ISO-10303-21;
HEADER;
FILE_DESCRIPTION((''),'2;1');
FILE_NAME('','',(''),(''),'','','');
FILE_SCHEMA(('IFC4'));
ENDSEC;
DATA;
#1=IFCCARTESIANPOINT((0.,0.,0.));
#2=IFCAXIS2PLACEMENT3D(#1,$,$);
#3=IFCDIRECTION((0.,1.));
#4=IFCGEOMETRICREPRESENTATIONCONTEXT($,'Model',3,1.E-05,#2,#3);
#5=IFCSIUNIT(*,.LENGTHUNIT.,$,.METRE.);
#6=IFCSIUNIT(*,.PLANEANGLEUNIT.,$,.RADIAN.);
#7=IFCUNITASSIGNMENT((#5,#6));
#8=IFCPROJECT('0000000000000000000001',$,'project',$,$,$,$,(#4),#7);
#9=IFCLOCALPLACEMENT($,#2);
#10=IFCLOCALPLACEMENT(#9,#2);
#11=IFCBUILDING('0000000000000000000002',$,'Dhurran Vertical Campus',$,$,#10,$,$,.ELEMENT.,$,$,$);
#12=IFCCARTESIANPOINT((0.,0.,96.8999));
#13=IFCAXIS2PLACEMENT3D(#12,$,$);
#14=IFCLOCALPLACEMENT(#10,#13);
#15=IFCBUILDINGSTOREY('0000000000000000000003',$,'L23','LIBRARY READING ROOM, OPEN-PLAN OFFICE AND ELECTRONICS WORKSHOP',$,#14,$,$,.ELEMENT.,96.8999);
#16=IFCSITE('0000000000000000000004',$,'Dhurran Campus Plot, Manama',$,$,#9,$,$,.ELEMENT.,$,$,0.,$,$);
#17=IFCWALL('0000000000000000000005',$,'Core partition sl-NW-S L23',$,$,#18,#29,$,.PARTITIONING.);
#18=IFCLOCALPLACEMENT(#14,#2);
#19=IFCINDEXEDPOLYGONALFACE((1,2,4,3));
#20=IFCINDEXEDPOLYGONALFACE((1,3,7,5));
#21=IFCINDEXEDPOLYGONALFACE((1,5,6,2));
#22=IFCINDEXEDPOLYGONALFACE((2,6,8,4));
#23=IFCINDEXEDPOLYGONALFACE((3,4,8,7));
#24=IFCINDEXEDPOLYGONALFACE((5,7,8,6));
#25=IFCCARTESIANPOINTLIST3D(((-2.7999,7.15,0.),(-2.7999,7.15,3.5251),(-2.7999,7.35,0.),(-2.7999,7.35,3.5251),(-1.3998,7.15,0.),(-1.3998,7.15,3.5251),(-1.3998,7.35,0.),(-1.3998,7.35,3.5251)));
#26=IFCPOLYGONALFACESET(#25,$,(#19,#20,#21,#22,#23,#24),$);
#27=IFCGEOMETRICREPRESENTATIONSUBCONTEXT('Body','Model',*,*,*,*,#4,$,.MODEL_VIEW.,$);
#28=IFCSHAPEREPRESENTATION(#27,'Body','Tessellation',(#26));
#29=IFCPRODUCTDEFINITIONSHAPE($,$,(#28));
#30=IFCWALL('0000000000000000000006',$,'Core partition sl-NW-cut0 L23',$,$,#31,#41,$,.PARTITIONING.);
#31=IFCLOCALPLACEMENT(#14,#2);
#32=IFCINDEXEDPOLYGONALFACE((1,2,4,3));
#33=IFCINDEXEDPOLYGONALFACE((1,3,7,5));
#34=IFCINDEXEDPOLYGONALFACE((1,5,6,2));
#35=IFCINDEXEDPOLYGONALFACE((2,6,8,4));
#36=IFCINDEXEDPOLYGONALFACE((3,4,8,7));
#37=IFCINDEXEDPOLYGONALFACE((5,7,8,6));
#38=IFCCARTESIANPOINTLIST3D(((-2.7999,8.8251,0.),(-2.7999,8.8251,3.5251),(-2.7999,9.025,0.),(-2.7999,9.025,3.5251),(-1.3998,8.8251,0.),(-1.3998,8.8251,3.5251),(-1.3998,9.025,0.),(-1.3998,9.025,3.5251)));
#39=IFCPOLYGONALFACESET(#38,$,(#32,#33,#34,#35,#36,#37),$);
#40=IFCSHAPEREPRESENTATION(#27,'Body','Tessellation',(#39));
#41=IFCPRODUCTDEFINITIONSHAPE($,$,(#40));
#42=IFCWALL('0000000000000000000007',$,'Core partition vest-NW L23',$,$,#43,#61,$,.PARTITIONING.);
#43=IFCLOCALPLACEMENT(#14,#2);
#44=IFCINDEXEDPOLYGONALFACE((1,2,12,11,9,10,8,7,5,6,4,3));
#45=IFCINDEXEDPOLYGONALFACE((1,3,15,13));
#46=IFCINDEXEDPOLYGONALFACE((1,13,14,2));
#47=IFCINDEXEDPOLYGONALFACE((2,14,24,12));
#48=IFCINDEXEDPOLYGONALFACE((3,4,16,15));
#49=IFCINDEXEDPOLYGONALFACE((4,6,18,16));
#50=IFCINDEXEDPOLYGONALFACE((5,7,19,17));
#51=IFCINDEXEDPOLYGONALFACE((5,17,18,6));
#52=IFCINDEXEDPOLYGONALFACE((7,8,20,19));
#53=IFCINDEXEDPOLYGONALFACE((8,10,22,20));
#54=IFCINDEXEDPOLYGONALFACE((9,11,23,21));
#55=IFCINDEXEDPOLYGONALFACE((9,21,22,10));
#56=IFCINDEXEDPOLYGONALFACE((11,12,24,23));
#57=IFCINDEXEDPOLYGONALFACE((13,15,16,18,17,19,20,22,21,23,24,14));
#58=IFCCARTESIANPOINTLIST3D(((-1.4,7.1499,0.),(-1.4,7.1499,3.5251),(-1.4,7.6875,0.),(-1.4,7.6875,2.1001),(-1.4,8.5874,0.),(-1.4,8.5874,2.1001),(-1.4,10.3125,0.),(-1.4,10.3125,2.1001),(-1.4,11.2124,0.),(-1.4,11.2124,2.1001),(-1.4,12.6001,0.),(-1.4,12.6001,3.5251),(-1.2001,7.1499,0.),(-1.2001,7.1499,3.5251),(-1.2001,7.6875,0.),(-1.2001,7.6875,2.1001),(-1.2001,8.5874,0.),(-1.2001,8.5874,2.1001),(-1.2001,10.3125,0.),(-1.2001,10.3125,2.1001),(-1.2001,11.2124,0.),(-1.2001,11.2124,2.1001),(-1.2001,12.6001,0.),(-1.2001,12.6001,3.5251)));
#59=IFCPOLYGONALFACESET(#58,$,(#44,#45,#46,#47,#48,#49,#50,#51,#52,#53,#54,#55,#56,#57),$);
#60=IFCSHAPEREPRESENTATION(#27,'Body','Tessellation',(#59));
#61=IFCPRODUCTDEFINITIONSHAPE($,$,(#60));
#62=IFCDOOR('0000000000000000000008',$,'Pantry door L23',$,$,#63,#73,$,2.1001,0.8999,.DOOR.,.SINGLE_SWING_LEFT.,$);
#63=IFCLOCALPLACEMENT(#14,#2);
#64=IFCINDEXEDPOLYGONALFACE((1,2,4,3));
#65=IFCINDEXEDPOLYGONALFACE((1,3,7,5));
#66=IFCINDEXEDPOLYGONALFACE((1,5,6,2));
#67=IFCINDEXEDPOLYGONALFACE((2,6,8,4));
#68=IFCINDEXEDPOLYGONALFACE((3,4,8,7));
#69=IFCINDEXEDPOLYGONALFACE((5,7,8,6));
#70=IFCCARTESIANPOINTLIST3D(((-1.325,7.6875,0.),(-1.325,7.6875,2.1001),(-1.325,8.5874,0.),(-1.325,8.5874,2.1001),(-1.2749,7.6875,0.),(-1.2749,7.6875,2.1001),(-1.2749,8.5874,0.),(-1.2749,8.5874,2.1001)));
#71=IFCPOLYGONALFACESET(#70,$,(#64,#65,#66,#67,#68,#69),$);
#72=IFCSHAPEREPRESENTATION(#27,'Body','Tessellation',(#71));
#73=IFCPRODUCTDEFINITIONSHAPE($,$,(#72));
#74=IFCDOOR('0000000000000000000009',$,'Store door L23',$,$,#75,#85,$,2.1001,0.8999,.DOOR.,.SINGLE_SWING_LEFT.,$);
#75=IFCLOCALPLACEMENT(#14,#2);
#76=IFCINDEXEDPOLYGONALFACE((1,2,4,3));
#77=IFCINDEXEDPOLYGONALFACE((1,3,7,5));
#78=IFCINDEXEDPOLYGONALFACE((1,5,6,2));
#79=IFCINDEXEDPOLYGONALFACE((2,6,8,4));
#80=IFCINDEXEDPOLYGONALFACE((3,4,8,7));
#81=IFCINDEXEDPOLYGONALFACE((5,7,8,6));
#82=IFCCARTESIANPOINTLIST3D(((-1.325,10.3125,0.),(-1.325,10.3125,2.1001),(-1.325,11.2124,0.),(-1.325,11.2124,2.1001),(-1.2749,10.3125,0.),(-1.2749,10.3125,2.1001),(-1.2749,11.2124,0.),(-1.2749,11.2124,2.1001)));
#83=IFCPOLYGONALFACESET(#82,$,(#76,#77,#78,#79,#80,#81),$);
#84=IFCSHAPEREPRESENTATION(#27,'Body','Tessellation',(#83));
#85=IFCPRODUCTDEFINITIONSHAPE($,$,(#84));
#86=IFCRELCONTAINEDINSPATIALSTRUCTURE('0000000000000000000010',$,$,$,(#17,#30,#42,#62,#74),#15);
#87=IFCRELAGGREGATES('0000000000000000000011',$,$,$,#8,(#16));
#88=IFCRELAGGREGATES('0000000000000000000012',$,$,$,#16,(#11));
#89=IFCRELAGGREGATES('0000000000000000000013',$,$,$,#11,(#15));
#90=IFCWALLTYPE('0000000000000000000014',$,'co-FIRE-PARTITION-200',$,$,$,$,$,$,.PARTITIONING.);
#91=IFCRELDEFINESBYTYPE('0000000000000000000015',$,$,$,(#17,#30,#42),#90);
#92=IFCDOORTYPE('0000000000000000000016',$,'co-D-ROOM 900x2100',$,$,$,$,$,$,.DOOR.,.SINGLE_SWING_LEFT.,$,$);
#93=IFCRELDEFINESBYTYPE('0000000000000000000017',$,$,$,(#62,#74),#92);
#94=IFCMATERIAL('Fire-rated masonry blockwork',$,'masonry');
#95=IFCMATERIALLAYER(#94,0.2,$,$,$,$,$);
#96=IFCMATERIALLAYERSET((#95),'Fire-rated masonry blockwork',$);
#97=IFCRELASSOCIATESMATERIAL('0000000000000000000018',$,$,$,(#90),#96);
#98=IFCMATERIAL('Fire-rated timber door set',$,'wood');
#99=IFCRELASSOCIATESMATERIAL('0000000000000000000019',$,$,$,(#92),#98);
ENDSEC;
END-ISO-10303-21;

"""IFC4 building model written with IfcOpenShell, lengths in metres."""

from ifc_helpers import new_model, si_unit, direction, frame, frame_2d, origin, place, context, subcontext, project, spatial, rectangle, extrude, material, layer, layer_set, type_object, element, fill, save


model = new_model("IFC4")

# Units and contexts
model_context = context("Model", 3, precision=1e-05, world=origin(), true_north=direction((0.0, 1.0)))
body_context = subcontext(model_context, "Body", "Model", "MODEL_VIEW")
ifc_project = project(units=[si_unit("LENGTHUNIT", "METRE"), si_unit("PLANEANGLEUNIT", "RADIAN")], contexts=[model_context])

# Site, building, storey
site_placement = place(None, origin())
site = spatial("IfcSite", under=ifc_project, at=site_placement, Name="Dhurran Campus Plot, Manama", CompositionType="ELEMENT", RefElevation=0.0)
building_placement = place(site_placement, origin())
building = spatial("IfcBuilding", under=site, at=building_placement, Name="Dhurran Vertical Campus", CompositionType="ELEMENT")
storey_placement = place(building_placement, frame((0.0, 0.0, 96.8999)))
storey = spatial("IfcBuildingStorey", under=building, at=storey_placement, Name="L23", Description="LIBRARY READING ROOM, OPEN-PLAN OFFICE AND ELECTRONICS WORKSHOP", CompositionType="ELEMENT", Elevation=96.8999)

# Walls
ifc_material_1 = material(Name="Fire-rated masonry blockwork", Category="masonry")
ifc_layer_1 = layer(ifc_material_1, 0.2)
ifc_layer_set_1 = layer_set([ifc_layer_1], Name="Fire-rated masonry blockwork")
wall_type_1 = type_object("IfcWallType", Name="co-FIRE-PARTITION-200", PredefinedType="PARTITIONING", material=ifc_layer_set_1)
for number, where, z_axis, x_axis, name in (
    (1, (-2.8, 7.25, 0.0), (0.0, 0.0, 1.0), (1.0, 0.0, 0.0), "Core partition sl-NW-S L23"),
    (2, (-2.8, 8.925, 0.0), (0.0, 0.0, 1.0), (1.0, 0.0, 0.0), "Core partition sl-NW-cut0 L23"),
):
    element("IfcWall", number, at=place(storey_placement, frame(where, z_axis=z_axis, x_axis=x_axis)), inside=storey, type_object=wall_type_1, Name=name, PredefinedType="PARTITIONING", context=body_context, shape_type="SweptSolid", body=[
        extrude(rectangle(XDim=1.4001, YDim=0.2, at=frame_2d((0.7002, 0.0))), origin(), (0.0, 0.0, 1.0), 3.5251),
    ])

# Wall, openings, doors
wall_1_placement = place(storey_placement, frame((-1.3, 7.1499, 0.0), z_axis=(0.0, 0.0, 1.0), x_axis=(0.0, 1.0, 0.0)))
wall_1 = element("IfcWall", 3, at=wall_1_placement, inside=storey, type_object=wall_type_1, Name="Core partition vest-NW L23", PredefinedType="PARTITIONING", context=body_context, shape_type="SweptSolid", body=[
    extrude(rectangle(XDim=5.4502, YDim=0.2, at=frame_2d((2.7251, 0.0))), origin(), (0.0, 0.0, 1.0), 3.5251),
])
opening_1_placement = place(wall_1_placement, frame((0.5376, 0.0, 0.0)))
opening_1 = element("IfcOpeningElement", 4, at=opening_1_placement, cuts=wall_1, PredefinedType="OPENING", context=body_context, shape_type="SweptSolid", body=[
    extrude(rectangle(XDim=0.8999, YDim=2.1001, at=frame_2d((0.45, 1.05))), frame((0.0, 0.1099, 0.0), z_axis=(0.0, -1.0, 0.0), x_axis=(1.0, 0.0, 0.0)), (0.0, 0.0, 1.0), 0.22),
])
opening_2_placement = place(wall_1_placement, frame((3.1626, 0.0, 0.0)))
opening_2 = element("IfcOpeningElement", 5, at=opening_2_placement, cuts=wall_1, PredefinedType="OPENING", context=body_context, shape_type="SweptSolid", body=[
    extrude(rectangle(XDim=0.8999, YDim=2.1001, at=frame_2d((0.45, 1.05))), frame((0.0, 0.1099, 0.0), z_axis=(0.0, -1.0, 0.0), x_axis=(1.0, 0.0, 0.0)), (0.0, 0.0, 1.0), 0.22),
])
ifc_material_2 = material(Name="Fire-rated timber door set", Category="wood")
door_type_1 = type_object("IfcDoorType", Name="co-D-ROOM 900x2100", OperationType="SINGLE_SWING_LEFT", PredefinedType="DOOR", material=ifc_material_2)
door_1_placement = place(opening_1_placement, origin())
door_1 = element("IfcDoor", 6, at=door_1_placement, inside=storey, type_object=door_type_1, Name="Pantry door L23", OperationType="SINGLE_SWING_LEFT", OverallHeight=2.1001, OverallWidth=0.8999, PredefinedType="DOOR", context=body_context, shape_type="SweptSolid", body=[
    extrude(rectangle(XDim=0.8999, YDim=2.1001, at=frame_2d((0.45, 1.05))), frame((0.0, 0.0249, 0.0), z_axis=(0.0, -1.0, 0.0), x_axis=(1.0, 0.0, 0.0)), (0.0, 0.0, 1.0), 0.05),
])
fill(opening_1, door_1)
door_2_placement = place(opening_2_placement, origin())
door_2 = element("IfcDoor", 7, at=door_2_placement, inside=storey, type_object=door_type_1, Name="Store door L23", OperationType="SINGLE_SWING_LEFT", OverallHeight=2.1001, OverallWidth=0.8999, PredefinedType="DOOR", context=body_context, shape_type="SweptSolid", body=[
    extrude(rectangle(XDim=0.8999, YDim=2.1001, at=frame_2d((0.45, 1.05))), frame((0.0, 0.0249, 0.0), z_axis=(0.0, -1.0, 0.0), x_axis=(1.0, 0.0, 0.0)), (0.0, 0.0, 1.0), 0.05),
])
fill(opening_2, door_2)

save(model, "model.ifc")
